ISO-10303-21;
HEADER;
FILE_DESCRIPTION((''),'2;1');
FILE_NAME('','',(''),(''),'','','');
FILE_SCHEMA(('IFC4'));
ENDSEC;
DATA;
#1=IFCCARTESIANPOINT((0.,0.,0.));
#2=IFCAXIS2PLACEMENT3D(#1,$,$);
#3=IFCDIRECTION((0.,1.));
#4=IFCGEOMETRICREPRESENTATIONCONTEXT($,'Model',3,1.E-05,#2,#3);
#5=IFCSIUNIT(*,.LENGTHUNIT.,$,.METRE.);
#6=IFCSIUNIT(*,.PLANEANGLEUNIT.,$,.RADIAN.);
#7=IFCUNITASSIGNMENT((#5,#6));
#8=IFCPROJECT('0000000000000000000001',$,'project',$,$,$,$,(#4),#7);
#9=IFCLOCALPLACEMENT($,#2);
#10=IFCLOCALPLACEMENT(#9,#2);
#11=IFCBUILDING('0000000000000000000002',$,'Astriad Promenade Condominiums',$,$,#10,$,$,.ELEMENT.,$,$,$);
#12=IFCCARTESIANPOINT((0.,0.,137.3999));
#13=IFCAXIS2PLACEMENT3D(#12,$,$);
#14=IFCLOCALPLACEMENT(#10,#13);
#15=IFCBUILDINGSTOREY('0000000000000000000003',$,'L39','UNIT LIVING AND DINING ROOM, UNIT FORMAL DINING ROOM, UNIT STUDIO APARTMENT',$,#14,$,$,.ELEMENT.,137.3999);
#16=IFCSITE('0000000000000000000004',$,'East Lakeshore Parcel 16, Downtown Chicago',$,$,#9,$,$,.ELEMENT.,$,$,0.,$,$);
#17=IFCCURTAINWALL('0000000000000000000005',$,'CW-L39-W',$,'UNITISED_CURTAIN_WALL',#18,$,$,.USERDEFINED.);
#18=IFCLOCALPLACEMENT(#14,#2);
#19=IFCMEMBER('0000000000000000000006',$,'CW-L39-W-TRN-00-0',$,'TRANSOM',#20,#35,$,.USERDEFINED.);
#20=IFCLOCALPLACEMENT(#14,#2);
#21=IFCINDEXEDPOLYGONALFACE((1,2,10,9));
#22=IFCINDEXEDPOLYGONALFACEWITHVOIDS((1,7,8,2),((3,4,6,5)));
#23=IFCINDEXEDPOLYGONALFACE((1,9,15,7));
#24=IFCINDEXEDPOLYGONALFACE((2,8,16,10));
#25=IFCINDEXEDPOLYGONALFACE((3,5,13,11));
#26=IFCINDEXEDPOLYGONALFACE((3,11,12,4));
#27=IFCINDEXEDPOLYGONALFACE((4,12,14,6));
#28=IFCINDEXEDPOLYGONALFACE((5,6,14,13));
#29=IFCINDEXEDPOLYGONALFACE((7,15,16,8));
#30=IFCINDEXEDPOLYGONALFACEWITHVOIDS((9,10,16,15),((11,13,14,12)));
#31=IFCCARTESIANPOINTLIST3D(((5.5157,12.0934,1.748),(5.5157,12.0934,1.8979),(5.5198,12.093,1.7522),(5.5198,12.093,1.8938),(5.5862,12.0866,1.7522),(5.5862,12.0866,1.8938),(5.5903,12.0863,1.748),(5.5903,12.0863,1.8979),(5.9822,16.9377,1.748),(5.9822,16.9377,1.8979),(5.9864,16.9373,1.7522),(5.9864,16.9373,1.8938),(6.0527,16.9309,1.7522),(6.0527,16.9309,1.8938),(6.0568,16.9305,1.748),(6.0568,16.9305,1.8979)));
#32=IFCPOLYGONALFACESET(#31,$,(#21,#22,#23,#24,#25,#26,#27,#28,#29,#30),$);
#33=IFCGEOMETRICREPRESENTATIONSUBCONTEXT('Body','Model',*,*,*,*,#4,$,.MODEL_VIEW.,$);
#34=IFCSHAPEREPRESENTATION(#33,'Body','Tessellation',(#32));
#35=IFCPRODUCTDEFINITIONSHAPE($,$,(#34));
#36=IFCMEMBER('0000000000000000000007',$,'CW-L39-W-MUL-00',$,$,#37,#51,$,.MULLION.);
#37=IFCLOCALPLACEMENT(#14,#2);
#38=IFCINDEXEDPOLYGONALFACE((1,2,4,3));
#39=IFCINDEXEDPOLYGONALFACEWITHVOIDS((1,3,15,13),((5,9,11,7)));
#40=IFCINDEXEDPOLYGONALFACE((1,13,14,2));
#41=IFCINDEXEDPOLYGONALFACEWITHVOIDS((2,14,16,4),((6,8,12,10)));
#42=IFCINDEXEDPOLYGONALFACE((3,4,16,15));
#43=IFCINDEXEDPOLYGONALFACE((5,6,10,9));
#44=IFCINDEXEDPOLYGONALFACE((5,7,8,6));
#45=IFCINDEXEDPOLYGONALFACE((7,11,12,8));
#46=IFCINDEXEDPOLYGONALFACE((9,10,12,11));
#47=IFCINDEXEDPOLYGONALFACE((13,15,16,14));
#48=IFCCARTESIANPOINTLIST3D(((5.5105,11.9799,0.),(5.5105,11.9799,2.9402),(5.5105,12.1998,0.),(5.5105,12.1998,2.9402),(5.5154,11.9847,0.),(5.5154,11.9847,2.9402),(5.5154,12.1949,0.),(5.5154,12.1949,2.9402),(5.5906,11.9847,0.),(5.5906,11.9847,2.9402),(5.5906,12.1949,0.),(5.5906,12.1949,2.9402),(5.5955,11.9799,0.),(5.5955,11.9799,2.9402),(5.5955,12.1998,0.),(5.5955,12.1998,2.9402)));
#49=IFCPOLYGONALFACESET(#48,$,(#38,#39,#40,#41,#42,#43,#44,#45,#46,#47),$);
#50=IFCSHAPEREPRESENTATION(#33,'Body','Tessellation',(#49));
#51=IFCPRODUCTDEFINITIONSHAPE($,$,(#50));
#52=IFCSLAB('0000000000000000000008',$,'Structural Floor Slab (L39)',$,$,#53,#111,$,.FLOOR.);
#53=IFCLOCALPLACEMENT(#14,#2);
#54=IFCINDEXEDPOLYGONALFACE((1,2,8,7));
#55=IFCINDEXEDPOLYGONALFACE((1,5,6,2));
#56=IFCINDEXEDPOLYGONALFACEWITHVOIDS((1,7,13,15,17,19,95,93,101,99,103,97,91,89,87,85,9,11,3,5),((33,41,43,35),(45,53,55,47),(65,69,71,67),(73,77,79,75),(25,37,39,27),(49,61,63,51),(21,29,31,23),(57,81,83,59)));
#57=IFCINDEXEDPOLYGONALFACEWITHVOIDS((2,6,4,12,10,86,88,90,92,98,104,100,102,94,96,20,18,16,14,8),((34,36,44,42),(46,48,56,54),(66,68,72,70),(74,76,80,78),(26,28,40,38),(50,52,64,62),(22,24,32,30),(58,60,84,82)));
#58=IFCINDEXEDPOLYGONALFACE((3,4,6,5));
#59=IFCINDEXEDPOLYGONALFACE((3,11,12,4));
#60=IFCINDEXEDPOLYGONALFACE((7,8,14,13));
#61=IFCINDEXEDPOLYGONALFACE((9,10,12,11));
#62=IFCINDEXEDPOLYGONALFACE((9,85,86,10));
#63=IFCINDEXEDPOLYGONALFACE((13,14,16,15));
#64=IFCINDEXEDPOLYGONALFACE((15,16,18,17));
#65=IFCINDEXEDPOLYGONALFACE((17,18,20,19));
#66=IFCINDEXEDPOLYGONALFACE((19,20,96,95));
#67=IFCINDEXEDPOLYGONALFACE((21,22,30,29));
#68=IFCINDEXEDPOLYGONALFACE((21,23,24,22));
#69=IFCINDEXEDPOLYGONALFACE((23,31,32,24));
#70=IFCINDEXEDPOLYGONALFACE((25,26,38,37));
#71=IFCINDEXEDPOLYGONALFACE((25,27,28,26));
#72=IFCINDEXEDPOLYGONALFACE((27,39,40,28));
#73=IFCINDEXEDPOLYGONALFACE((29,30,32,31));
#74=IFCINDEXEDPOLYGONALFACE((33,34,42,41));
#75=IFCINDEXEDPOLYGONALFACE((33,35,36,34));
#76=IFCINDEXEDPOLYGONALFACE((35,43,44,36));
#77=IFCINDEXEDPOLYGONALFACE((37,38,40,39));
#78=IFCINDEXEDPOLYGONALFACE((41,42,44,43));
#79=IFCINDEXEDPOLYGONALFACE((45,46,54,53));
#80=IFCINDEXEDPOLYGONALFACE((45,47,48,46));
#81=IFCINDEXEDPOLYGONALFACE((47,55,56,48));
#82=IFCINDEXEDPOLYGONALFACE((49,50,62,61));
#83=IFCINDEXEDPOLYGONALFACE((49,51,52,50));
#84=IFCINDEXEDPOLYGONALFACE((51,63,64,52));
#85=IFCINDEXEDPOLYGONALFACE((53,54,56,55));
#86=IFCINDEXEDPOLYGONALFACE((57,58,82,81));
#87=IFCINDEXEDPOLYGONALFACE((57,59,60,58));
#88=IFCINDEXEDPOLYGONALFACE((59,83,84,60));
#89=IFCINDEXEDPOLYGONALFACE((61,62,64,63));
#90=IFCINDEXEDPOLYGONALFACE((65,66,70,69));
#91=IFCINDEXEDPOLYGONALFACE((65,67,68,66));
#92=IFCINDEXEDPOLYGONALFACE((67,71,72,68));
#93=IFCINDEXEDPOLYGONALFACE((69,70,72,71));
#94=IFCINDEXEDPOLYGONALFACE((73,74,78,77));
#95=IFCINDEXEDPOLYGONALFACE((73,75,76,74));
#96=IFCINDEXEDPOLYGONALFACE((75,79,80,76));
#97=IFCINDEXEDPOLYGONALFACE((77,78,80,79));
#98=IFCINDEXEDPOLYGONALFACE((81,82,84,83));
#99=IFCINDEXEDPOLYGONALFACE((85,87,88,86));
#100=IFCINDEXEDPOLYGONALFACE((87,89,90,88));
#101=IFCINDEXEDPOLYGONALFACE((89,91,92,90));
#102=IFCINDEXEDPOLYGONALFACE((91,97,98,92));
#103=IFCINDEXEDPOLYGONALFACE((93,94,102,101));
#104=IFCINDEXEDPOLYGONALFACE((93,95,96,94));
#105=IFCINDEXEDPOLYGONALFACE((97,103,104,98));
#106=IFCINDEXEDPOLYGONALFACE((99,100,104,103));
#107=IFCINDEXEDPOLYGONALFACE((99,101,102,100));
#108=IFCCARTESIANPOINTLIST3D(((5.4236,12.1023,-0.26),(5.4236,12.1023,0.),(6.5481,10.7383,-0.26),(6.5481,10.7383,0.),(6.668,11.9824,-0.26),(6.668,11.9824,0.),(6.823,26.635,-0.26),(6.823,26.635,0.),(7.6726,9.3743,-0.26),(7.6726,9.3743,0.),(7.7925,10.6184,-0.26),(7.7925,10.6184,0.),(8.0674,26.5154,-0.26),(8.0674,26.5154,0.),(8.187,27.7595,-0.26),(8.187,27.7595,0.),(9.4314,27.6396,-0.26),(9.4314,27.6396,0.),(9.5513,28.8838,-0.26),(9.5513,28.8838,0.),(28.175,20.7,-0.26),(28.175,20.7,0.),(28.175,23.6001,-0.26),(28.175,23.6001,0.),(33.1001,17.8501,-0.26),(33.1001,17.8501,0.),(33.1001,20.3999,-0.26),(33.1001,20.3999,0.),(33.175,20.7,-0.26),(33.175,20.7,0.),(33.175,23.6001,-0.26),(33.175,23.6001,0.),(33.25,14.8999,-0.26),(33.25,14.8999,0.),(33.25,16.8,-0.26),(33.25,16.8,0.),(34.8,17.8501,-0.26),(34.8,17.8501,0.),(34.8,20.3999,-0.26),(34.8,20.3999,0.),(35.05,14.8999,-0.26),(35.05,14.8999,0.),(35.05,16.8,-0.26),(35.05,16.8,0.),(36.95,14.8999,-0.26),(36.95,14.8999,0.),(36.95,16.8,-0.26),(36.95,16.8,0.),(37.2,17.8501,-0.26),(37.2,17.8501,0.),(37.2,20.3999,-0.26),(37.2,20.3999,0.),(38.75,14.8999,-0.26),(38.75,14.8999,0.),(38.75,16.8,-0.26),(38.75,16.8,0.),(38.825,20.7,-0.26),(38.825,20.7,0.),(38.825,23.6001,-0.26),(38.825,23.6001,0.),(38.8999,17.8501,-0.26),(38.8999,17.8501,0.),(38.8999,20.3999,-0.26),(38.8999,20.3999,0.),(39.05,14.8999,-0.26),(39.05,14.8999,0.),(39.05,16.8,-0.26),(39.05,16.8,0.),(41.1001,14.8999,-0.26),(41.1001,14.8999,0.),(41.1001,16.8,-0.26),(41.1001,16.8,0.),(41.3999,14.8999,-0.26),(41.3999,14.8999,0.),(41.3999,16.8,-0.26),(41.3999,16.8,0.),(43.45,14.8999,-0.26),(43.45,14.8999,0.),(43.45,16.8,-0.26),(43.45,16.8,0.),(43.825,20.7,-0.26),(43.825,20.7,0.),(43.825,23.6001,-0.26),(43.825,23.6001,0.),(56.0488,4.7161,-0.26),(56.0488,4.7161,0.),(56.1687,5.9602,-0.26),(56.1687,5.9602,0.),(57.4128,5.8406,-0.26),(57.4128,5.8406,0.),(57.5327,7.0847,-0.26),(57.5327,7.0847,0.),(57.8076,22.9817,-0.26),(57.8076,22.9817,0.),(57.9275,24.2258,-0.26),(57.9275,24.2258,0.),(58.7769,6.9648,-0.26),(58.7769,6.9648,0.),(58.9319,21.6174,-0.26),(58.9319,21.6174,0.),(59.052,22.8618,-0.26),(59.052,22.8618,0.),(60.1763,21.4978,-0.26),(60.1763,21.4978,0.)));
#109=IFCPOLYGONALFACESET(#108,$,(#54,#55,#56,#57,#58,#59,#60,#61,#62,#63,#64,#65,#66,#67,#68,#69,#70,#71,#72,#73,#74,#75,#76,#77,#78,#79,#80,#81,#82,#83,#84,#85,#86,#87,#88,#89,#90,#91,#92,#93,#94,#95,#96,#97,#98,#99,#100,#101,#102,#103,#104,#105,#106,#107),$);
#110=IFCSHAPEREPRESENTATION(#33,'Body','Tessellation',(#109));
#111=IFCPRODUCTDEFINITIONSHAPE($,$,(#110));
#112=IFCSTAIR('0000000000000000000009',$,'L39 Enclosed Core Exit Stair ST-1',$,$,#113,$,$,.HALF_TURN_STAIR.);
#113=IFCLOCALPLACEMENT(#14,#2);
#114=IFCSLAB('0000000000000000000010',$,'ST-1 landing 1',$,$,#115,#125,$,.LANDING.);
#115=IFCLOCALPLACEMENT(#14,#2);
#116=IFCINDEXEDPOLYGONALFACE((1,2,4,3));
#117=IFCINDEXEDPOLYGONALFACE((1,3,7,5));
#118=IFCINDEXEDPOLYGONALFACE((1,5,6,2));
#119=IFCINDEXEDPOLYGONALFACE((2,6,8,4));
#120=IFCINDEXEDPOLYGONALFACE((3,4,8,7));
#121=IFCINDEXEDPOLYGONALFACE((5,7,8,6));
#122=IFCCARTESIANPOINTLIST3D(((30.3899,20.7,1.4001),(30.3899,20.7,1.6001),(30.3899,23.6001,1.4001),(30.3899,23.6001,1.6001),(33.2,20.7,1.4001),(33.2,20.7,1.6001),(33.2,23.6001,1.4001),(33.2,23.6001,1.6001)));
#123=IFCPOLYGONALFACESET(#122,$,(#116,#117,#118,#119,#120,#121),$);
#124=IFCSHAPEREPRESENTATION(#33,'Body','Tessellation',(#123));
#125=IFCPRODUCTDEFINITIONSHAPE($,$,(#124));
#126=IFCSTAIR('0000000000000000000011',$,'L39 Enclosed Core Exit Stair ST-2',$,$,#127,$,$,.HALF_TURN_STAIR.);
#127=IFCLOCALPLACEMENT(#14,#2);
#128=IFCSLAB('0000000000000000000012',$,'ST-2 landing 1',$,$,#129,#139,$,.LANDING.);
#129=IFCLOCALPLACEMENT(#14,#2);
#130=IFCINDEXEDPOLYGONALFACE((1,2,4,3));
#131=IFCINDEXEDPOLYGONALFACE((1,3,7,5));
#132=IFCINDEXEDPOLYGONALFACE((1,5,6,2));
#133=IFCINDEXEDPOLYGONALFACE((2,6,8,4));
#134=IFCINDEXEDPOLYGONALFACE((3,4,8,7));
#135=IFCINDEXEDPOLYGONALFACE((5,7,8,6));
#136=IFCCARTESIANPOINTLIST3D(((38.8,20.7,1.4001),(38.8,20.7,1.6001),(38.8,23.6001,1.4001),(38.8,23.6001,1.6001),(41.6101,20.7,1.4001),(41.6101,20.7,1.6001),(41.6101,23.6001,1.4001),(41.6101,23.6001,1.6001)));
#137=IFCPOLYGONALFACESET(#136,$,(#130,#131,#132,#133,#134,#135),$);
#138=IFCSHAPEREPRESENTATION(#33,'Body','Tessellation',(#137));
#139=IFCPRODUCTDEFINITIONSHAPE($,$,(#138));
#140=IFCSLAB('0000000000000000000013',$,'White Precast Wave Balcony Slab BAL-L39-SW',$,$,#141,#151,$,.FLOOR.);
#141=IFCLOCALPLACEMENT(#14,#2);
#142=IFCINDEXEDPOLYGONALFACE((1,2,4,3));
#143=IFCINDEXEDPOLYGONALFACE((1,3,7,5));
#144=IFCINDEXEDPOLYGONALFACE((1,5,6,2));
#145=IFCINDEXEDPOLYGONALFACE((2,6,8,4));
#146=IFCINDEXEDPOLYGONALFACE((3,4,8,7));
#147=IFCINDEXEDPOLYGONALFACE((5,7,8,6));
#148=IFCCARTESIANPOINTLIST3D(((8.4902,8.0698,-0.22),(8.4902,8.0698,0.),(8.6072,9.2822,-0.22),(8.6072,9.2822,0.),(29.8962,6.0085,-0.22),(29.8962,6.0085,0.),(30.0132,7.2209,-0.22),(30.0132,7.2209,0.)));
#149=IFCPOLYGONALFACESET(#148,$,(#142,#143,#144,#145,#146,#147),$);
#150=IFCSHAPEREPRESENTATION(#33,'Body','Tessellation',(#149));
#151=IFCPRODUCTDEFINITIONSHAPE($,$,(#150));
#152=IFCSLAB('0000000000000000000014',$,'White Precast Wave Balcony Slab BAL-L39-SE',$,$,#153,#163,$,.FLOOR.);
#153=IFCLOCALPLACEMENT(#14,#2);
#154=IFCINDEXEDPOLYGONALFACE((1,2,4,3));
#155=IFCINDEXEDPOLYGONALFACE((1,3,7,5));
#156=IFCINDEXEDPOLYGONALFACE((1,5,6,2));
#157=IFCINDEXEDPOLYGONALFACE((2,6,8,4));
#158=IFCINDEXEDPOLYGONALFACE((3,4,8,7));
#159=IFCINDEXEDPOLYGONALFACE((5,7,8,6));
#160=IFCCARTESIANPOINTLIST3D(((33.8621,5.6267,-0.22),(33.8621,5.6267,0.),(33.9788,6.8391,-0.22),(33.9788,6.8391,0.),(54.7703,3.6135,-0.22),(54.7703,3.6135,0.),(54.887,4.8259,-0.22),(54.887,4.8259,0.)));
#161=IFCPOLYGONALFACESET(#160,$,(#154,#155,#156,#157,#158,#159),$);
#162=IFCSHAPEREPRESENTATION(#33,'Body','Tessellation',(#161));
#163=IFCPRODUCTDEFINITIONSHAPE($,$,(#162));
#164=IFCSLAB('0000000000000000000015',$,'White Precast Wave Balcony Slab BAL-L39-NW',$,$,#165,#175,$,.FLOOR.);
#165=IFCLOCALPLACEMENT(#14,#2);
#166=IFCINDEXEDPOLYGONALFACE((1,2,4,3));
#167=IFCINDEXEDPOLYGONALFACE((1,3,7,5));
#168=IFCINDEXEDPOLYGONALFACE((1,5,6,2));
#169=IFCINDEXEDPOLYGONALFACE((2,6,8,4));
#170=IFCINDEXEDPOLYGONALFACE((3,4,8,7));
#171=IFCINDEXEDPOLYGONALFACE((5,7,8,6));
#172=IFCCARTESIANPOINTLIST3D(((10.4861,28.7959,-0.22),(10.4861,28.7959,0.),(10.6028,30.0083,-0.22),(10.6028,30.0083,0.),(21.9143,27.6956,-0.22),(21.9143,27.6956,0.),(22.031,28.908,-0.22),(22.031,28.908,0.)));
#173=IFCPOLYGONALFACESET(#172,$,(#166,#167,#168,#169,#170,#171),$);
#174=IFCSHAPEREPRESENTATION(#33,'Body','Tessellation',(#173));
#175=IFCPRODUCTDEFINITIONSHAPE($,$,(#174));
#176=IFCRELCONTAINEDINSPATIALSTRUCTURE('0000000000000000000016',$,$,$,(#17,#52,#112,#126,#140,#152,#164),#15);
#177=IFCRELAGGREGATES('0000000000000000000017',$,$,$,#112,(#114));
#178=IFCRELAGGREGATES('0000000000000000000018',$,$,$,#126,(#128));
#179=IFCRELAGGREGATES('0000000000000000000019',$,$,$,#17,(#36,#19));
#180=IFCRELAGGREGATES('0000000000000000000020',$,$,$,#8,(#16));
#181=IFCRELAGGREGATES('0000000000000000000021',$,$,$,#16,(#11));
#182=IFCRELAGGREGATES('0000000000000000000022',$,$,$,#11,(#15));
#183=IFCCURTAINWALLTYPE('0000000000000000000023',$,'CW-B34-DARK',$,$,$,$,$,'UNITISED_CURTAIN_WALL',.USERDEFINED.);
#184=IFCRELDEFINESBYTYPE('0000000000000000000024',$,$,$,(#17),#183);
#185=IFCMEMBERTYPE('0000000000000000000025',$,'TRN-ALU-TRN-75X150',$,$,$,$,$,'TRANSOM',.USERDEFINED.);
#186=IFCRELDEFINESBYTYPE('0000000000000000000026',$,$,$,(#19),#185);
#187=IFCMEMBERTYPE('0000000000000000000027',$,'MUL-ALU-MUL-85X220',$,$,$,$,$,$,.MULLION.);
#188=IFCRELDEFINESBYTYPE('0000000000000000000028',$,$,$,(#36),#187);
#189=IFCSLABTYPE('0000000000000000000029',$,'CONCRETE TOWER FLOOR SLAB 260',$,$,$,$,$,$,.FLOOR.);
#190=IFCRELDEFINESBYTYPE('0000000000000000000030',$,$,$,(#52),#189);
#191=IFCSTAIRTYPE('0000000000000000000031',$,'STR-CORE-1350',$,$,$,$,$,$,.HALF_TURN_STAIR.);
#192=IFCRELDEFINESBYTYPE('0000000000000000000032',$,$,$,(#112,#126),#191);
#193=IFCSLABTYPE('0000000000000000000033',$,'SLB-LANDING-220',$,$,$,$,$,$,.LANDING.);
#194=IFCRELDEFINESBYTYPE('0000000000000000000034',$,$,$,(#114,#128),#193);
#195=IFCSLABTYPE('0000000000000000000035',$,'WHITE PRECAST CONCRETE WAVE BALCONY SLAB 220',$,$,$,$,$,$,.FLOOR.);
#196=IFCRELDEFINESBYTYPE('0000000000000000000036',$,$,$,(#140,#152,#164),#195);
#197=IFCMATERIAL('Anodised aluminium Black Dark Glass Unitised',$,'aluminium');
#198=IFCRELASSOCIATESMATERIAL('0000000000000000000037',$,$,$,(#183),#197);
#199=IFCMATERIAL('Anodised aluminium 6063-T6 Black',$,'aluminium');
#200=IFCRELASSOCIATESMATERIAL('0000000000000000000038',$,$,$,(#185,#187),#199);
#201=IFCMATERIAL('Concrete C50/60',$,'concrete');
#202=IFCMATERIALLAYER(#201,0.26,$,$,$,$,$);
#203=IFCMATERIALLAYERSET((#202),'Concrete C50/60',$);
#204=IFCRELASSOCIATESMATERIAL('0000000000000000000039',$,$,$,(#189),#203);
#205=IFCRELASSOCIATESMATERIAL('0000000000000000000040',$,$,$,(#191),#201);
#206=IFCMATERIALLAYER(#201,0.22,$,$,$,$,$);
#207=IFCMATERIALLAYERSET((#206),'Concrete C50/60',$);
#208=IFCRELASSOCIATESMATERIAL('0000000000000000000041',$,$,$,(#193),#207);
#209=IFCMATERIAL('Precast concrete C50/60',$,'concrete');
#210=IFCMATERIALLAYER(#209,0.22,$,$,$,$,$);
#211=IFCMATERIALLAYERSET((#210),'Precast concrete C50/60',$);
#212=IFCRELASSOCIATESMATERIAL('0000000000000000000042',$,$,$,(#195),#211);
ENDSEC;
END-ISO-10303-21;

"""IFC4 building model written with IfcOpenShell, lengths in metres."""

from ifc_helpers import new_model, si_unit, direction, frame, origin, origin_2d, place, context, subcontext, project, spatial, polyline, hollow_rectangle, outline, extrude, source, transform, mapped, material, layer, layer_set, material_profile, profile_set, type_object, type_shapes, element, aggregate, save


model = new_model("IFC4")

# Units and contexts
model_context = context("Model", 3, precision=1e-05, world=origin(), true_north=direction((0.0, 1.0)))
body_context = subcontext(model_context, "Body", "Model", "MODEL_VIEW")
ifc_project = project(units=[si_unit("LENGTHUNIT", "METRE"), si_unit("PLANEANGLEUNIT", "RADIAN")], contexts=[model_context])

# Site, building, storey
site_placement = place(None, origin())
site = spatial("IfcSite", under=ifc_project, at=site_placement, Name="East Lakeshore Parcel 16, Downtown Chicago", CompositionType="ELEMENT", RefElevation=0.0)
building_placement = place(site_placement, origin())
building = spatial("IfcBuilding", under=site, at=building_placement, Name="Astriad Promenade Condominiums", CompositionType="ELEMENT")
storey_placement = place(building_placement, frame((0.0, 0.0, 137.3999)))
storey = spatial("IfcBuildingStorey", under=building, at=storey_placement, Name="L39", Description="UNIT LIVING AND DINING ROOM, UNIT FORMAL DINING ROOM, UNIT STUDIO APARTMENT", CompositionType="ELEMENT", Elevation=137.3999)

# Curtain wall, members
ifc_material_1 = material(Name="Anodised aluminium Black Dark Glass Unitised", Category="aluminium")
curtain_wall_type = type_object("IfcCurtainWallType", Name="CW-B34-DARK", ElementType="UNITISED_CURTAIN_WALL", PredefinedType="USERDEFINED", material=ifc_material_1)
curtain_wall_placement = place(storey_placement, origin())
curtain_wall = element("IfcCurtainWall", 1, at=curtain_wall_placement, inside=storey, type_object=curtain_wall_type, Name="CW-L39-W", ObjectType="UNITISED_CURTAIN_WALL", PredefinedType="USERDEFINED")
ifc_material_2 = material(Name="Anodised aluminium 6063-T6 Black", Category="aluminium")
ifc_material_profile_1 = material_profile(ifc_material_2, hollow_rectangle(XDim=0.075, YDim=0.1499, WallThickness=0.0042, at=origin_2d()), Name="ALU-TRN-75X150")
ifc_profile_set_1 = profile_set([ifc_material_profile_1], Name="Anodised aluminium 6063-T6 Black")
member_type_1 = type_object("IfcMemberType", Name="TRN-ALU-TRN-75X150", ElementType="TRANSOM", PredefinedType="USERDEFINED", material=ifc_profile_set_1)
shared_shape_1 = source(origin(), body_context, "Body", "SweptSolid", [
    extrude(hollow_rectangle(XDim=0.075, YDim=0.1499, WallThickness=0.0042, at=origin_2d()), origin(), (0.0, 0.0, 1.0), 4.8667),
])
type_shapes(member_type_1, [shared_shape_1])
member_1_placement = place(storey_placement, frame((5.553, 12.0898, 1.823), z_axis=(0.095867, 0.995394, 0.0), x_axis=(-0.995394, 0.095867, 0.0)))
member_1 = element("IfcMember", 2, at=member_1_placement, type_object=member_type_1, Name="CW-L39-W-TRN-00-0", ObjectType="TRANSOM", PredefinedType="USERDEFINED", context=body_context, shape_type="MappedRepresentation", body=[
    mapped(shared_shape_1, transform((0.0, 0.0, 0.0), scale=1.0)),
])
ifc_material_profile_2 = material_profile(ifc_material_2, hollow_rectangle(XDim=0.085, YDim=0.22, WallThickness=0.0049, at=origin_2d()), Name="ALU-MUL-85X220")
ifc_profile_set_2 = profile_set([ifc_material_profile_2], Name="Anodised aluminium 6063-T6 Black")
member_type_2 = type_object("IfcMemberType", Name="MUL-ALU-MUL-85X220", PredefinedType="MULLION", material=ifc_profile_set_2)
shared_shape_2 = source(origin(), body_context, "Body", "SweptSolid", [
    extrude(hollow_rectangle(XDim=0.085, YDim=0.22, WallThickness=0.0049, at=origin_2d()), origin(), (0.0, 0.0, 1.0), 2.9402),
])
type_shapes(member_type_2, [shared_shape_2])
member_2_placement = place(storey_placement, frame((5.553, 12.0898, 0.0), z_axis=(0.0, 0.0, 1.0), x_axis=(1.0, 0.0, 0.0)))
member_2 = element("IfcMember", 3, at=member_2_placement, type_object=member_type_2, Name="CW-L39-W-MUL-00", PredefinedType="MULLION", context=body_context, shape_type="MappedRepresentation", body=[
    mapped(shared_shape_2, transform((0.0, 0.0, 0.0), scale=1.0)),
])

# Slab
ifc_material_3 = material(Name="Concrete C50/60", Category="concrete")
ifc_layer_1 = layer(ifc_material_3, 0.26)
ifc_layer_set_1 = layer_set([ifc_layer_1], Name="Concrete C50/60")
slab_type_1 = type_object("IfcSlabType", Name="CONCRETE TOWER FLOOR SLAB 260", PredefinedType="FLOOR", material=ifc_layer_set_1)
slab_1_placement = place(storey_placement, frame((0.0, 0.0, -0.26)))
element("IfcSlab", 4, at=slab_1_placement, inside=storey, type_object=slab_type_1, Name="Structural Floor Slab (L39)", PredefinedType="FLOOR", context=body_context, shape_type="SweptSolid", body=[
    extrude(outline(polyline([(7.6726, 9.3743), (56.0488, 4.7161), (56.1687, 5.9602), (57.4128, 5.8406), (57.5327, 7.0847), (58.7769, 6.9648), (60.1763, 21.4978), (58.9319, 21.6174), (59.052, 22.8618), (57.8076, 22.9817), (57.9275, 24.2258), (9.5513, 28.8838), (9.4314, 27.6396), (8.187, 27.7595), (8.0674, 26.5154), (6.823, 26.635), (5.4236, 12.1023), (6.668, 11.9824), (6.5481, 10.7383), (7.7925, 10.6184), (7.6726, 9.3743)]), holes=[polyline([(28.175, 20.7), (33.175, 20.7), (33.175, 23.6001), (28.175, 23.6001), (28.175, 20.7)]), polyline([(38.825, 20.7), (43.825, 20.7), (43.825, 23.6001), (38.825, 23.6001), (38.825, 20.7)]), polyline([(33.1001, 17.8501), (34.8, 17.8501), (34.8, 20.3999), (33.1001, 20.3999), (33.1001, 17.8501)]), polyline([(37.2, 17.8501), (38.8999, 17.8501), (38.8999, 20.3999), (37.2, 20.3999), (37.2, 17.8501)]), polyline([(33.25, 14.8999), (35.05, 14.8999), (35.05, 16.8), (33.25, 16.8), (33.25, 14.8999)]), polyline([(36.95, 14.8999), (38.75, 14.8999), (38.75, 16.8), (36.95, 16.8), (36.95, 14.8999)]), polyline([(39.05, 14.8999), (41.1001, 14.8999), (41.1001, 16.8), (39.05, 16.8), (39.05, 14.8999)]), polyline([(41.3999, 14.8999), (43.45, 14.8999), (43.45, 16.8), (41.3999, 16.8), (41.3999, 14.8999)])]), origin(), (0.0, 0.0, 1.0), 0.26),
])

# Stairs, slabs
stair_type = type_object("IfcStairType", Name="STR-CORE-1350", PredefinedType="HALF_TURN_STAIR", material=ifc_material_3)
stair_1_placement = place(storey_placement, origin())
stair_1 = element("IfcStair", 5, at=stair_1_placement, inside=storey, type_object=stair_type, Name="L39 Enclosed Core Exit Stair ST-1", PredefinedType="HALF_TURN_STAIR")
ifc_layer_2 = layer(ifc_material_3, 0.22)
ifc_layer_set_2 = layer_set([ifc_layer_2], Name="Concrete C50/60")
slab_type_2 = type_object("IfcSlabType", Name="SLB-LANDING-220", PredefinedType="LANDING", material=ifc_layer_set_2)
slab_2_placement = place(storey_placement, frame((0.0, 0.0, 1.4001)))
slab_2 = element("IfcSlab", 6, at=slab_2_placement, type_object=slab_type_2, Name="ST-1 landing 1", PredefinedType="LANDING", context=body_context, shape_type="SweptSolid", body=[
    extrude(outline(polyline([(30.3899, 20.7), (33.2, 20.7), (33.2, 23.6001), (30.3899, 23.6001), (30.3899, 20.7)])), origin(), (0.0, 0.0, 1.0), 0.2),
])
aggregate(stair_1, [slab_2])
stair_2_placement = place(storey_placement, origin())
stair_2 = element("IfcStair", 7, at=stair_2_placement, inside=storey, type_object=stair_type, Name="L39 Enclosed Core Exit Stair ST-2", PredefinedType="HALF_TURN_STAIR")
slab_3_placement = place(storey_placement, frame((0.0, 0.0, 1.4001)))
slab_3 = element("IfcSlab", 8, at=slab_3_placement, type_object=slab_type_2, Name="ST-2 landing 1", PredefinedType="LANDING", context=body_context, shape_type="SweptSolid", body=[
    extrude(outline(polyline([(41.6101, 23.6001), (38.8, 23.6001), (38.8, 20.7), (41.6101, 20.7), (41.6101, 23.6001)])), origin(), (0.0, 0.0, 1.0), 0.2),
])
aggregate(stair_2, [slab_3])

# Slabs
ifc_material_4 = material(Name="Precast concrete C50/60", Category="concrete")
ifc_layer_3 = layer(ifc_material_4, 0.22)
ifc_layer_set_3 = layer_set([ifc_layer_3], Name="Precast concrete C50/60")
slab_type_3 = type_object("IfcSlabType", Name="WHITE PRECAST CONCRETE WAVE BALCONY SLAB 220", PredefinedType="FLOOR", material=ifc_layer_set_3)
slab_4_placement = place(storey_placement, frame((0.0, 0.0, -0.22)))
element("IfcSlab", 9, at=slab_4_placement, inside=storey, type_object=slab_type_3, Name="White Precast Wave Balcony Slab BAL-L39-SW", PredefinedType="FLOOR", context=body_context, shape_type="SweptSolid", body=[
    extrude(outline(polyline([(29.8962, 6.0085), (8.4902, 8.0698), (8.6072, 9.2822), (30.0132, 7.2209), (29.8962, 6.0085)])), origin(), (0.0, 0.0, 1.0), 0.22),
])
slab_5_placement = place(storey_placement, frame((0.0, 0.0, -0.22)))
element("IfcSlab", 10, at=slab_5_placement, inside=storey, type_object=slab_type_3, Name="White Precast Wave Balcony Slab BAL-L39-SE", PredefinedType="FLOOR", context=body_context, shape_type="SweptSolid", body=[
    extrude(outline(polyline([(54.7703, 3.6135), (33.8621, 5.6267), (33.9788, 6.8391), (54.887, 4.8259), (54.7703, 3.6135)])), origin(), (0.0, 0.0, 1.0), 0.22),
])
slab_6_placement = place(storey_placement, frame((0.0, 0.0, -0.22)))
element("IfcSlab", 11, at=slab_6_placement, inside=storey, type_object=slab_type_3, Name="White Precast Wave Balcony Slab BAL-L39-NW", PredefinedType="FLOOR", context=body_context, shape_type="SweptSolid", body=[
    extrude(outline(polyline([(10.6028, 30.0083), (22.031, 28.908), (21.9143, 27.6956), (10.4861, 28.7959), (10.6028, 30.0083)])), origin(), (0.0, 0.0, 1.0), 0.22),
])

aggregate(curtain_wall, [member_2, member_1])

save(model, "model.ifc")
